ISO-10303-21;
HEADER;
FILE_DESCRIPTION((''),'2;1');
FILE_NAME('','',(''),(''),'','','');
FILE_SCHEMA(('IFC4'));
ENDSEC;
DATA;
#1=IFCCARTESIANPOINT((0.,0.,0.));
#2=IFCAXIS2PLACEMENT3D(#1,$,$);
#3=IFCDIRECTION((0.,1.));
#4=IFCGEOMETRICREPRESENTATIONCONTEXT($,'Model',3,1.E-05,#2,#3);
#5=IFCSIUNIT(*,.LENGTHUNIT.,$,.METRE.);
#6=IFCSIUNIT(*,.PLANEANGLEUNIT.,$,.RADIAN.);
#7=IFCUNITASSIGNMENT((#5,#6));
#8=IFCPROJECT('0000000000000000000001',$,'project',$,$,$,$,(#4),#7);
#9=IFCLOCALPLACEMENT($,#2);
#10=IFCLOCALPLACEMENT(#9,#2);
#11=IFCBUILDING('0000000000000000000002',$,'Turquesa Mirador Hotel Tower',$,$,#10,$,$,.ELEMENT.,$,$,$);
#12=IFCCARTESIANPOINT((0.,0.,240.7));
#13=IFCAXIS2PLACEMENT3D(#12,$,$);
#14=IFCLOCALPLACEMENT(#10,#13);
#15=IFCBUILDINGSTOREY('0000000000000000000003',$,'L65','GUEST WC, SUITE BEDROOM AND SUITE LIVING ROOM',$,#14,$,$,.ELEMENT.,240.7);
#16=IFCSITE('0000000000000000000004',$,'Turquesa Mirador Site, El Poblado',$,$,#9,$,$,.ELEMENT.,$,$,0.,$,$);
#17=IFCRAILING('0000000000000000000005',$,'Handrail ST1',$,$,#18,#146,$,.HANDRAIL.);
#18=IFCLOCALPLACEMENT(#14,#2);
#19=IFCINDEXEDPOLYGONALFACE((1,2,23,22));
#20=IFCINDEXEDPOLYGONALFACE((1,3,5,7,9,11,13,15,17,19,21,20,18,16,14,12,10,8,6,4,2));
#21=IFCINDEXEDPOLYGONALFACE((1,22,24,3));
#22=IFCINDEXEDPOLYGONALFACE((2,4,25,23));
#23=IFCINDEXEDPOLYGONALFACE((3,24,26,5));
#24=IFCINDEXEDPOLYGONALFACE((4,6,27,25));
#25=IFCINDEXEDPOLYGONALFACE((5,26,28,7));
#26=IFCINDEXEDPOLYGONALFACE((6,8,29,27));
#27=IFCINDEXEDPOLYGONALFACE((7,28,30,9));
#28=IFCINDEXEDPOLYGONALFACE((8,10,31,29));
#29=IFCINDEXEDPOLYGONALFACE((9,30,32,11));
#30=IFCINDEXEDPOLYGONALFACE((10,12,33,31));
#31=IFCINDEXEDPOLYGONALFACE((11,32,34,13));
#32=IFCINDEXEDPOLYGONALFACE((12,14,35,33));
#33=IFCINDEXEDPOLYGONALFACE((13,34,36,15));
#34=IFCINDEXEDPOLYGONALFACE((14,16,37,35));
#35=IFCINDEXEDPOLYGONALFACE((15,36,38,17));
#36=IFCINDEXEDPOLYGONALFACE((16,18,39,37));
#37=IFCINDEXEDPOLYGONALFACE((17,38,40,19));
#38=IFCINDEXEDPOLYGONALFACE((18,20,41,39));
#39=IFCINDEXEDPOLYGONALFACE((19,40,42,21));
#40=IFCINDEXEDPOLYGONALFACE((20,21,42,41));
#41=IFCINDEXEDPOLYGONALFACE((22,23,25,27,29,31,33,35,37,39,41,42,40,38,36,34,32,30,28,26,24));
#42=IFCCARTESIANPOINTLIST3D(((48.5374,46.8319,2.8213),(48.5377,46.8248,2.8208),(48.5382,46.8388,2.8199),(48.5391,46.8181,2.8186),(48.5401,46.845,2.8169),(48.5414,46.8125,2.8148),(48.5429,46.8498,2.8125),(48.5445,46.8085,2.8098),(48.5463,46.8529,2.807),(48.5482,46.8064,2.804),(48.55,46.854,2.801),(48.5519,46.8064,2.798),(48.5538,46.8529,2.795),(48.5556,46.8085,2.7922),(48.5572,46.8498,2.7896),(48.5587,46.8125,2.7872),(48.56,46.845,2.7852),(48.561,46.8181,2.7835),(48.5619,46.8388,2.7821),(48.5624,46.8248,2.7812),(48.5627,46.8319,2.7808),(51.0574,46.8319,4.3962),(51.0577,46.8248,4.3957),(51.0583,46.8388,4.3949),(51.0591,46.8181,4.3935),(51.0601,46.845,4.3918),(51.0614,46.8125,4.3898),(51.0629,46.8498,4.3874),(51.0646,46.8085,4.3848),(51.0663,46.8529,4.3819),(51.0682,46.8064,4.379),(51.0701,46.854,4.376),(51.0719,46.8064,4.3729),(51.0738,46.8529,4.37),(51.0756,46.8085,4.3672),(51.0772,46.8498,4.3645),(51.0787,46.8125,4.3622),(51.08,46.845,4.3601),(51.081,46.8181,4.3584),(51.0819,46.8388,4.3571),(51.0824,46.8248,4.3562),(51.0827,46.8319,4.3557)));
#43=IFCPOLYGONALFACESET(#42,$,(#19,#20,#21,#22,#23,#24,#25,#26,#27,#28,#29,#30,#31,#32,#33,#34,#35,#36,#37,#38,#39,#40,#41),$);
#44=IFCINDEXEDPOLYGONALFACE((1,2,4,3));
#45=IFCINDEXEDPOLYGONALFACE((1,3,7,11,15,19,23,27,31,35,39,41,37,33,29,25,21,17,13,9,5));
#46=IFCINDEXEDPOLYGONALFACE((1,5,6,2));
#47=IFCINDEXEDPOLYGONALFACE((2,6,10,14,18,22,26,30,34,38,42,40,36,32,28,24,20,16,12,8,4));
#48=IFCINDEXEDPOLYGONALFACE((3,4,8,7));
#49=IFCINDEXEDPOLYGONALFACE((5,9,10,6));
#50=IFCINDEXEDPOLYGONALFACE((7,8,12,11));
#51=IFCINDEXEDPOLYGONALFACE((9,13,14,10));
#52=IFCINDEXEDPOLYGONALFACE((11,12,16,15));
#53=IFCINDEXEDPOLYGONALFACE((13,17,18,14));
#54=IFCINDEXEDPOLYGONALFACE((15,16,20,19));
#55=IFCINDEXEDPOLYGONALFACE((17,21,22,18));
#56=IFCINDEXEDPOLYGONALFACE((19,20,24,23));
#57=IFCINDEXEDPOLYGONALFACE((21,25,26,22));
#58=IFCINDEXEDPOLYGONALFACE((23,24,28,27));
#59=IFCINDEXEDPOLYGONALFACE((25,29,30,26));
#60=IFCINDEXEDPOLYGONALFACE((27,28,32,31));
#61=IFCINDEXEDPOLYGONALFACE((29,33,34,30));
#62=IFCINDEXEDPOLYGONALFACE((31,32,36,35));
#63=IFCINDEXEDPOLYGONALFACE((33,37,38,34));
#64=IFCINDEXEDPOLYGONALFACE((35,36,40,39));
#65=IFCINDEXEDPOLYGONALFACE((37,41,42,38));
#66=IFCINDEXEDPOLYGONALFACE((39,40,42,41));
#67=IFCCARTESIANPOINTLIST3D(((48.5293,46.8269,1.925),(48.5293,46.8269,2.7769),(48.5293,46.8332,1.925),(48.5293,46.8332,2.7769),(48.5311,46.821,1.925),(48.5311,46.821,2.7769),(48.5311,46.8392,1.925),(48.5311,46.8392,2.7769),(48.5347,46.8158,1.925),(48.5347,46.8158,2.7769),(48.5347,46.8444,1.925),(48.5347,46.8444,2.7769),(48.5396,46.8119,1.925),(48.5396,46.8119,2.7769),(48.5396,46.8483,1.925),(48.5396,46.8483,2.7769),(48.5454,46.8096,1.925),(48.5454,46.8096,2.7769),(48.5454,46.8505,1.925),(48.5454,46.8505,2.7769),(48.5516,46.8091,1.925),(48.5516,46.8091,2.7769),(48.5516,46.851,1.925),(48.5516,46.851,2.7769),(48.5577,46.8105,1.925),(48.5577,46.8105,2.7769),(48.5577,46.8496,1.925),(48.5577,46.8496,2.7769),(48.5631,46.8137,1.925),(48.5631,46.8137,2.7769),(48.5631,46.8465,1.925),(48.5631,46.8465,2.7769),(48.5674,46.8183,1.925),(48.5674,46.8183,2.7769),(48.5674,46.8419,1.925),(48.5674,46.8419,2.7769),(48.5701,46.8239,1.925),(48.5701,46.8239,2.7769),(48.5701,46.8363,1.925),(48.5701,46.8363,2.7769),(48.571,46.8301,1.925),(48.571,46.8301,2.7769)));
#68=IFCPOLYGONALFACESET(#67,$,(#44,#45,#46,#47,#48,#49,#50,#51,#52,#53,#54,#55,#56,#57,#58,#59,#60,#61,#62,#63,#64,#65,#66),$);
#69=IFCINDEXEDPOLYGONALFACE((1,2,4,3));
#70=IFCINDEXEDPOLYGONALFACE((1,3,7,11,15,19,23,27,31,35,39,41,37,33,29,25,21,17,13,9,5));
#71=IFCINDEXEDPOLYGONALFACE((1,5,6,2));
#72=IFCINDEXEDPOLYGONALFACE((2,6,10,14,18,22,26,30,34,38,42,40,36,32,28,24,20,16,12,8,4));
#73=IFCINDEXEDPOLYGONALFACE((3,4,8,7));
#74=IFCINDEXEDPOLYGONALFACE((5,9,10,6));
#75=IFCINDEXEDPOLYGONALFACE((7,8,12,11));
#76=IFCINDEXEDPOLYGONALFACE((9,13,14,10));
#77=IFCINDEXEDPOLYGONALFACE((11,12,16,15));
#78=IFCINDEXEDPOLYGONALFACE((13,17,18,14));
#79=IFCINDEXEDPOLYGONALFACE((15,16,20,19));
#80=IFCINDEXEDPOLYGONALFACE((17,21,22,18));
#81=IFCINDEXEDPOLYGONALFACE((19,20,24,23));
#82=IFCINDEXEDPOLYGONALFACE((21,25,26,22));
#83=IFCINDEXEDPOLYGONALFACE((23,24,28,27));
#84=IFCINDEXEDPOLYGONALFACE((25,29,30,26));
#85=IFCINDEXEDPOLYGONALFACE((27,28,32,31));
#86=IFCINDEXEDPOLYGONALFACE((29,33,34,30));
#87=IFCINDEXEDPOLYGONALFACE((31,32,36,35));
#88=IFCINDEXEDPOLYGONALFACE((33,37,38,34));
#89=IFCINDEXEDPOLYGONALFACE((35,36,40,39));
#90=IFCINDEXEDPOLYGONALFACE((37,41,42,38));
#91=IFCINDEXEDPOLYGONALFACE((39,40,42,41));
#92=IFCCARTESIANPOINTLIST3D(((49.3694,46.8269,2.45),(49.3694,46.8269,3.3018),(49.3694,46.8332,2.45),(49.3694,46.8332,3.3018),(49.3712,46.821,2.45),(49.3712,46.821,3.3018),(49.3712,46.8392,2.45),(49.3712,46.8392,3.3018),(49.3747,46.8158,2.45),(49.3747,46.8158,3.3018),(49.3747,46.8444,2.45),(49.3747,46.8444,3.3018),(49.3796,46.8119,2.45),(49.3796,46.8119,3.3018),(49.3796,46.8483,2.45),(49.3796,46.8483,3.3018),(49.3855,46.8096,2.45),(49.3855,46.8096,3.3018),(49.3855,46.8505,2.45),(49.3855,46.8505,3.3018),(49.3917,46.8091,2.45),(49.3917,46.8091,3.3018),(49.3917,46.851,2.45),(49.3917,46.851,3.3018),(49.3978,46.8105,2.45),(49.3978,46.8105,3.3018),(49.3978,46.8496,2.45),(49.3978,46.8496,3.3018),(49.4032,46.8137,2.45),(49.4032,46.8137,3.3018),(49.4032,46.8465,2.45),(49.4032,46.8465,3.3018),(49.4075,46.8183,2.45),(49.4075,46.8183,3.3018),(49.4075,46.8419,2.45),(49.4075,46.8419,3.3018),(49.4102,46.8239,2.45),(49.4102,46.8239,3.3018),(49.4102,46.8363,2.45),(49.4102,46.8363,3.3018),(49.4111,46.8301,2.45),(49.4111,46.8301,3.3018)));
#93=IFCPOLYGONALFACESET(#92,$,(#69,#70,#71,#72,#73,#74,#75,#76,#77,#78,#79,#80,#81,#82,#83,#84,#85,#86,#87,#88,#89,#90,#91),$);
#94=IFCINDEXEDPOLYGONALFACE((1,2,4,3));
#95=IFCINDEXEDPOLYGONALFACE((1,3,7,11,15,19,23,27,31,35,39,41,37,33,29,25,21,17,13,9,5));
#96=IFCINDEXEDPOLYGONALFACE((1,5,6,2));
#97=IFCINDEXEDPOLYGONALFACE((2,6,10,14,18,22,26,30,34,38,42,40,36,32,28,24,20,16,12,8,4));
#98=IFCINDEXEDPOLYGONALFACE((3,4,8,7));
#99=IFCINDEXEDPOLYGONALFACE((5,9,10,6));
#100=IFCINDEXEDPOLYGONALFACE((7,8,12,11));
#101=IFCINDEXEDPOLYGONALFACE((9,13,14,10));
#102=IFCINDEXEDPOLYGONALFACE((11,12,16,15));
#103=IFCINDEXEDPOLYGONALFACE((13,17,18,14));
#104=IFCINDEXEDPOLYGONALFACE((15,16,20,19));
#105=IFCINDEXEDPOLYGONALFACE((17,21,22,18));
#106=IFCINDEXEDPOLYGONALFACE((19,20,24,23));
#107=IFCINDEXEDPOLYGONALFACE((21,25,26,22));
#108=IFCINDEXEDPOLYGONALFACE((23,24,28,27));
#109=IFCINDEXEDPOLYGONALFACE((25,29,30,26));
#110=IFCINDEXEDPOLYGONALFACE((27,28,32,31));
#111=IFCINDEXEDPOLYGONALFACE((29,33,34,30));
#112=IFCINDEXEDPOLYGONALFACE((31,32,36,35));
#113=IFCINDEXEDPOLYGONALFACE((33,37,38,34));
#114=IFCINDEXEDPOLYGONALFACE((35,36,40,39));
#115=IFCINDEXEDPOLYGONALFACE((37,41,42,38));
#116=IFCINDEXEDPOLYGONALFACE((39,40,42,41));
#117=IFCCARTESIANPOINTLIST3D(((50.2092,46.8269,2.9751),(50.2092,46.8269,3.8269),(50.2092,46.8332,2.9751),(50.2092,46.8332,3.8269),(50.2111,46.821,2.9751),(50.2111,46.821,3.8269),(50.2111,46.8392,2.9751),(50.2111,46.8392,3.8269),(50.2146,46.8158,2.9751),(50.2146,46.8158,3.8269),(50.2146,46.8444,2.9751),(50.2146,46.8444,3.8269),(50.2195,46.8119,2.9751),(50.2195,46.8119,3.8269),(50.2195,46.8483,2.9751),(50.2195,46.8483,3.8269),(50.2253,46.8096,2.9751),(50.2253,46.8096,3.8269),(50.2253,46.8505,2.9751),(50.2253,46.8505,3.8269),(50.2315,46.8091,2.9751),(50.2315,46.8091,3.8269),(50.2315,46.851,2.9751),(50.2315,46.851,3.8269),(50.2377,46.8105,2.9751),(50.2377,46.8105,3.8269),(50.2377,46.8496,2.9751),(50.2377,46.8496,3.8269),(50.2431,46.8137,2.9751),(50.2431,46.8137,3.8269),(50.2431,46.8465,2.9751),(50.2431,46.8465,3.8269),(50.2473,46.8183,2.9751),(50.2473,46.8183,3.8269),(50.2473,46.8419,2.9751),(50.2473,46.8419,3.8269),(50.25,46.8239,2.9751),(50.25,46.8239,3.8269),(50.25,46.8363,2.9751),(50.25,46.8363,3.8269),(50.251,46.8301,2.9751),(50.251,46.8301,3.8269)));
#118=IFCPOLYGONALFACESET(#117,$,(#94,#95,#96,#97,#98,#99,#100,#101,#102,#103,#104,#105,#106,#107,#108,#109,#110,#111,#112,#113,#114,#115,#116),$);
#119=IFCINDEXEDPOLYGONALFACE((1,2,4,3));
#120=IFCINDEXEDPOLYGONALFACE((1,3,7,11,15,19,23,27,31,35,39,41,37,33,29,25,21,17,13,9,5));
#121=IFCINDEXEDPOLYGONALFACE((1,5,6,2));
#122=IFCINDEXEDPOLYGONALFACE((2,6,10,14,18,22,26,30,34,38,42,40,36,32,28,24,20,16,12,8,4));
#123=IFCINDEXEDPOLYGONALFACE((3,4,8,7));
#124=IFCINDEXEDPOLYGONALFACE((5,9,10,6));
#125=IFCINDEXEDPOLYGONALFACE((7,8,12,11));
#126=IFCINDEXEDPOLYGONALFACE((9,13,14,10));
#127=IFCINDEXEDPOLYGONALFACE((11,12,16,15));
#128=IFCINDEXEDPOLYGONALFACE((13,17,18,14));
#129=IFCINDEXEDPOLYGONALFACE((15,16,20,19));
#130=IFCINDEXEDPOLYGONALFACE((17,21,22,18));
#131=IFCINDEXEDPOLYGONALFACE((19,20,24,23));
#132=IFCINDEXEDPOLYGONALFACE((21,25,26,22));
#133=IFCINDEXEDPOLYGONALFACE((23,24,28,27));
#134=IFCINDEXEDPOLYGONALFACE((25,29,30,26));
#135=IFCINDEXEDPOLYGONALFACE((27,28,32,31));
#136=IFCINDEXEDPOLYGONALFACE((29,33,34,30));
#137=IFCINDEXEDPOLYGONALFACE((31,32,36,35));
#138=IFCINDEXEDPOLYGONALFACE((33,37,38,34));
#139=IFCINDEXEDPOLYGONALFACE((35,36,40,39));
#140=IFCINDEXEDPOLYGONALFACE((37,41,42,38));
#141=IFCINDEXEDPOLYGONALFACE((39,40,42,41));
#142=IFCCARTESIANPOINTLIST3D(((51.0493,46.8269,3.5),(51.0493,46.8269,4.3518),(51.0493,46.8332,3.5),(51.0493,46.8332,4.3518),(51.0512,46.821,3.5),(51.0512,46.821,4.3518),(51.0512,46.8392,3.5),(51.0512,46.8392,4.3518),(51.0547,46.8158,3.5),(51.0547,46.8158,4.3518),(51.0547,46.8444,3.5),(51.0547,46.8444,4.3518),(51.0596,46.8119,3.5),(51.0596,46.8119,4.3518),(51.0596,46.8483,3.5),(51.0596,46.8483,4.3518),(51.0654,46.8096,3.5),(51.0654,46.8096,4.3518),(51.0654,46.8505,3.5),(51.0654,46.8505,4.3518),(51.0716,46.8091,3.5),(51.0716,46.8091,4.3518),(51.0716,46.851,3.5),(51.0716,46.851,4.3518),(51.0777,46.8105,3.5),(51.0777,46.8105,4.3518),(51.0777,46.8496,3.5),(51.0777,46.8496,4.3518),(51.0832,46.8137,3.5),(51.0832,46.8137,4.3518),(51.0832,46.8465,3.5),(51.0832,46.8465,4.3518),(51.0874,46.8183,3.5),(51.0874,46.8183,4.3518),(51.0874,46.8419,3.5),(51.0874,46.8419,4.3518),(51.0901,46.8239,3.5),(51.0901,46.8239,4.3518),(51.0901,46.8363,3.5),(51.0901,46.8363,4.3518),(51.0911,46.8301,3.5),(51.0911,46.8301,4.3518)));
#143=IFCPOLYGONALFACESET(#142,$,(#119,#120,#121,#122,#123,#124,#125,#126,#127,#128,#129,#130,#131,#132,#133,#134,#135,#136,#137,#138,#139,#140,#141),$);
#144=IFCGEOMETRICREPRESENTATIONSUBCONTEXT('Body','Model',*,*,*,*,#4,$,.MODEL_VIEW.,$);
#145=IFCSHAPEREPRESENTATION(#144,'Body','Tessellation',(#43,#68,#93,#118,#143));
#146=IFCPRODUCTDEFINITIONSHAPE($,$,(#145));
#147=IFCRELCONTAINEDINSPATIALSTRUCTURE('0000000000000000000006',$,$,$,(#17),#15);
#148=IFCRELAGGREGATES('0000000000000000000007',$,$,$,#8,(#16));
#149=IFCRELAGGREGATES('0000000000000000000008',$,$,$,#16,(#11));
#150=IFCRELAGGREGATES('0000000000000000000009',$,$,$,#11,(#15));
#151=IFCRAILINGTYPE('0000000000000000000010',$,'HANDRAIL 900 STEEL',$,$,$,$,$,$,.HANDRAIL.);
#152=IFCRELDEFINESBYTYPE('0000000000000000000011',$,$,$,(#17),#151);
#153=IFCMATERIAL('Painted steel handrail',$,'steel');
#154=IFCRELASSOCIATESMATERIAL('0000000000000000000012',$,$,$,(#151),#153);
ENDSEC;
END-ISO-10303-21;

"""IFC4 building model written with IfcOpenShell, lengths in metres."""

from ifc_helpers import new_model, si_unit, direction, frame, origin, origin_2d, place, context, subcontext, project, spatial, circle, extrude, material, type_object, element, save


model = new_model("IFC4")

# Units and contexts
model_context = context("Model", 3, precision=1e-05, world=origin(), true_north=direction((0.0, 1.0)))
body_context = subcontext(model_context, "Body", "Model", "MODEL_VIEW")
ifc_project = project(units=[si_unit("LENGTHUNIT", "METRE"), si_unit("PLANEANGLEUNIT", "RADIAN")], contexts=[model_context])

# Site, building, storey
site_placement = place(None, origin())
site = spatial("IfcSite", under=ifc_project, at=site_placement, Name="Turquesa Mirador Site, El Poblado", CompositionType="ELEMENT", RefElevation=0.0)
building_placement = place(site_placement, origin())
building = spatial("IfcBuilding", under=site, at=building_placement, Name="Turquesa Mirador Hotel Tower", CompositionType="ELEMENT")
storey_placement = place(building_placement, frame((0.0, 0.0, 240.7)))
storey = spatial("IfcBuildingStorey", under=building, at=storey_placement, Name="L65", Description="GUEST WC, SUITE BEDROOM AND SUITE LIVING ROOM", CompositionType="ELEMENT", Elevation=240.7)

# Railing
ifc_material_1 = material(Name="Painted steel handrail", Category="steel")
railing_type = type_object("IfcRailingType", Name="HANDRAIL 900 STEEL", PredefinedType="HANDRAIL", material=ifc_material_1)
for number, where, name in (
    (1, (48.55, 46.8301, 1.925), "Handrail ST1"),
):
    element("IfcRailing", number, at=place(storey_placement, frame(where)), inside=storey, type_object=railing_type, Name=name, PredefinedType="HANDRAIL", context=body_context, shape_type="SweptSolid", body=[
        extrude(circle(Radius=0.0239, at=origin_2d()), frame((0.0, 0.0, 0.876), z_axis=(0.848008, 0.0, 0.529984), x_axis=(0.0, 1.0, 0.0)), (0.0, 0.0, 1.0), 2.9717),
        extrude(circle(Radius=0.021, at=origin_2d()), origin(), (0.0, 0.0, 1.0), 0.8518),
        extrude(circle(Radius=0.021, at=origin_2d()), frame((0.8401, 0.0, 0.5249)), (0.0, 0.0, 1.0), 0.8518),
        extrude(circle(Radius=0.021, at=origin_2d()), frame((1.6799, 0.0, 1.05)), (0.0, 0.0, 1.0), 0.8518),
        extrude(circle(Radius=0.021, at=origin_2d()), frame((2.52, 0.0, 1.575)), (0.0, 0.0, 1.0), 0.8518),
    ])

save(model, "model.ifc")
